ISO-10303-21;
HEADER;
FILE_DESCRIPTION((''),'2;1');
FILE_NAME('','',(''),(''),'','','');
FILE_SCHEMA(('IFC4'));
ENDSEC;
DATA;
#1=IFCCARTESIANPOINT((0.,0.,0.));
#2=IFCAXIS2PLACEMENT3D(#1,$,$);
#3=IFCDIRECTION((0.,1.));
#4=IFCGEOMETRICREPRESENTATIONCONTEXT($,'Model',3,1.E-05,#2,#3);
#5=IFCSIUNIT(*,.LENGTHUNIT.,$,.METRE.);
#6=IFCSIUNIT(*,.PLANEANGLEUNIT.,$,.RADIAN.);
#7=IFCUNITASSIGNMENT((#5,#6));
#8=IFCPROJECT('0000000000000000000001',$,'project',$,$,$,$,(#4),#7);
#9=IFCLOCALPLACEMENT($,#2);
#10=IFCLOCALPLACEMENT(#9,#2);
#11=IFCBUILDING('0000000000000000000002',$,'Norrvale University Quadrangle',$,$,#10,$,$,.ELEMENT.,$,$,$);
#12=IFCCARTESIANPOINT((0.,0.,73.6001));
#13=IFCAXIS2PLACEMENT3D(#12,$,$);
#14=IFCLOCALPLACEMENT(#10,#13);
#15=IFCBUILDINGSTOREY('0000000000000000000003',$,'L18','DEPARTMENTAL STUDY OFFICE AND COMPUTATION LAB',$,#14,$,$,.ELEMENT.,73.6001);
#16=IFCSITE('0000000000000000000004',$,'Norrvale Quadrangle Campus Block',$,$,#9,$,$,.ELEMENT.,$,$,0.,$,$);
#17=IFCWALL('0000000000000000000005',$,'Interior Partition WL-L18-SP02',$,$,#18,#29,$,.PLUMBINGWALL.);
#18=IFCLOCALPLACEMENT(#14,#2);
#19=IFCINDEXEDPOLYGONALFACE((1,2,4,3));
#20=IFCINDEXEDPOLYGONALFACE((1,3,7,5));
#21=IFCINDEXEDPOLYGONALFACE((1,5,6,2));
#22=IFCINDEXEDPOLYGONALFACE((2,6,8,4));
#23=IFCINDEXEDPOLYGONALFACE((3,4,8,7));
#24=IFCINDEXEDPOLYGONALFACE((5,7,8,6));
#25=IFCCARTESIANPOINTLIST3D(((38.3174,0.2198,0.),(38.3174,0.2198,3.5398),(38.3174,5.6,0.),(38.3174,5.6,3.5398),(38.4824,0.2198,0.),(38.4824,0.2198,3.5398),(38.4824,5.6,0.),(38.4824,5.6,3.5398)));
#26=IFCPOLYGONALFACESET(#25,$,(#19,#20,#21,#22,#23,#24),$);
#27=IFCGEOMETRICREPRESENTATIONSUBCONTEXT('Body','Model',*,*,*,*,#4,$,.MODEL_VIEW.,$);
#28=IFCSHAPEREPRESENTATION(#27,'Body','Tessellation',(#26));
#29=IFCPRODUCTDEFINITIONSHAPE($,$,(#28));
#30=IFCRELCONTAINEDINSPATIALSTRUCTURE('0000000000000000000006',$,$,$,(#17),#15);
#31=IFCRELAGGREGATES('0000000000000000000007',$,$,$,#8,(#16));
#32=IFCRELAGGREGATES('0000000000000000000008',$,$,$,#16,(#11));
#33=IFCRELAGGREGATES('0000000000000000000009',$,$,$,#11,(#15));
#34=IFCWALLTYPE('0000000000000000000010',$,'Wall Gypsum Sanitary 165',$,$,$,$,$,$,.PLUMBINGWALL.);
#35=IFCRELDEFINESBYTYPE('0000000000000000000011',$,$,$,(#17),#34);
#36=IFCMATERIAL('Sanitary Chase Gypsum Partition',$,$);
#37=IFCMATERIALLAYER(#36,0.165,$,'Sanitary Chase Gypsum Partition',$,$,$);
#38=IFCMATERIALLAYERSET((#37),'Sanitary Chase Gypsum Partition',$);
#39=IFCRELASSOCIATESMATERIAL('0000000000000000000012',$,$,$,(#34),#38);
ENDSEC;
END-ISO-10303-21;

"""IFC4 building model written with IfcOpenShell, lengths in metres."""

from ifc_helpers import new_model, si_unit, direction, frame, frame_2d, origin, place, context, subcontext, project, spatial, rectangle, extrude, material, layer, layer_set, type_object, element, save


model = new_model("IFC4")

# Units and contexts
model_context = context("Model", 3, precision=1e-05, world=origin(), true_north=direction((0.0, 1.0)))
body_context = subcontext(model_context, "Body", "Model", "MODEL_VIEW")
ifc_project = project(units=[si_unit("LENGTHUNIT", "METRE"), si_unit("PLANEANGLEUNIT", "RADIAN")], contexts=[model_context])

# Site, building, storey
site_placement = place(None, origin())
site = spatial("IfcSite", under=ifc_project, at=site_placement, Name="Norrvale Quadrangle Campus Block", CompositionType="ELEMENT", RefElevation=0.0)
building_placement = place(site_placement, origin())
building = spatial("IfcBuilding", under=site, at=building_placement, Name="Norrvale University Quadrangle", CompositionType="ELEMENT")
storey_placement = place(building_placement, frame((0.0, 0.0, 73.6001)))
storey = spatial("IfcBuildingStorey", under=building, at=storey_placement, Name="L18", Description="DEPARTMENTAL STUDY OFFICE AND COMPUTATION LAB", CompositionType="ELEMENT", Elevation=73.6001)

# Wall
ifc_material_1 = material(Name="Sanitary Chase Gypsum Partition")
ifc_layer = layer(ifc_material_1, 0.165, Name="Sanitary Chase Gypsum Partition")
ifc_layer_set = layer_set([ifc_layer], Name="Sanitary Chase Gypsum Partition")
wall_type = type_object("IfcWallType", Name="Wall Gypsum Sanitary 165", PredefinedType="PLUMBINGWALL", material=ifc_layer_set)
wall_placement = place(storey_placement, frame((38.3999, 0.22, 0.0), z_axis=(0.0, 0.0, 1.0), x_axis=(0.0, 1.0, 0.0)))
element("IfcWall", 1, at=wall_placement, inside=storey, type_object=wall_type, Name="Interior Partition WL-L18-SP02", PredefinedType="PLUMBINGWALL", context=body_context, shape_type="SweptSolid", body=[
    extrude(rectangle(XDim=5.3801, YDim=0.165, at=frame_2d((2.6899, 0.0))), origin(), (0.0, 0.0, 1.0), 3.5398),
])

save(model, "model.ifc")
